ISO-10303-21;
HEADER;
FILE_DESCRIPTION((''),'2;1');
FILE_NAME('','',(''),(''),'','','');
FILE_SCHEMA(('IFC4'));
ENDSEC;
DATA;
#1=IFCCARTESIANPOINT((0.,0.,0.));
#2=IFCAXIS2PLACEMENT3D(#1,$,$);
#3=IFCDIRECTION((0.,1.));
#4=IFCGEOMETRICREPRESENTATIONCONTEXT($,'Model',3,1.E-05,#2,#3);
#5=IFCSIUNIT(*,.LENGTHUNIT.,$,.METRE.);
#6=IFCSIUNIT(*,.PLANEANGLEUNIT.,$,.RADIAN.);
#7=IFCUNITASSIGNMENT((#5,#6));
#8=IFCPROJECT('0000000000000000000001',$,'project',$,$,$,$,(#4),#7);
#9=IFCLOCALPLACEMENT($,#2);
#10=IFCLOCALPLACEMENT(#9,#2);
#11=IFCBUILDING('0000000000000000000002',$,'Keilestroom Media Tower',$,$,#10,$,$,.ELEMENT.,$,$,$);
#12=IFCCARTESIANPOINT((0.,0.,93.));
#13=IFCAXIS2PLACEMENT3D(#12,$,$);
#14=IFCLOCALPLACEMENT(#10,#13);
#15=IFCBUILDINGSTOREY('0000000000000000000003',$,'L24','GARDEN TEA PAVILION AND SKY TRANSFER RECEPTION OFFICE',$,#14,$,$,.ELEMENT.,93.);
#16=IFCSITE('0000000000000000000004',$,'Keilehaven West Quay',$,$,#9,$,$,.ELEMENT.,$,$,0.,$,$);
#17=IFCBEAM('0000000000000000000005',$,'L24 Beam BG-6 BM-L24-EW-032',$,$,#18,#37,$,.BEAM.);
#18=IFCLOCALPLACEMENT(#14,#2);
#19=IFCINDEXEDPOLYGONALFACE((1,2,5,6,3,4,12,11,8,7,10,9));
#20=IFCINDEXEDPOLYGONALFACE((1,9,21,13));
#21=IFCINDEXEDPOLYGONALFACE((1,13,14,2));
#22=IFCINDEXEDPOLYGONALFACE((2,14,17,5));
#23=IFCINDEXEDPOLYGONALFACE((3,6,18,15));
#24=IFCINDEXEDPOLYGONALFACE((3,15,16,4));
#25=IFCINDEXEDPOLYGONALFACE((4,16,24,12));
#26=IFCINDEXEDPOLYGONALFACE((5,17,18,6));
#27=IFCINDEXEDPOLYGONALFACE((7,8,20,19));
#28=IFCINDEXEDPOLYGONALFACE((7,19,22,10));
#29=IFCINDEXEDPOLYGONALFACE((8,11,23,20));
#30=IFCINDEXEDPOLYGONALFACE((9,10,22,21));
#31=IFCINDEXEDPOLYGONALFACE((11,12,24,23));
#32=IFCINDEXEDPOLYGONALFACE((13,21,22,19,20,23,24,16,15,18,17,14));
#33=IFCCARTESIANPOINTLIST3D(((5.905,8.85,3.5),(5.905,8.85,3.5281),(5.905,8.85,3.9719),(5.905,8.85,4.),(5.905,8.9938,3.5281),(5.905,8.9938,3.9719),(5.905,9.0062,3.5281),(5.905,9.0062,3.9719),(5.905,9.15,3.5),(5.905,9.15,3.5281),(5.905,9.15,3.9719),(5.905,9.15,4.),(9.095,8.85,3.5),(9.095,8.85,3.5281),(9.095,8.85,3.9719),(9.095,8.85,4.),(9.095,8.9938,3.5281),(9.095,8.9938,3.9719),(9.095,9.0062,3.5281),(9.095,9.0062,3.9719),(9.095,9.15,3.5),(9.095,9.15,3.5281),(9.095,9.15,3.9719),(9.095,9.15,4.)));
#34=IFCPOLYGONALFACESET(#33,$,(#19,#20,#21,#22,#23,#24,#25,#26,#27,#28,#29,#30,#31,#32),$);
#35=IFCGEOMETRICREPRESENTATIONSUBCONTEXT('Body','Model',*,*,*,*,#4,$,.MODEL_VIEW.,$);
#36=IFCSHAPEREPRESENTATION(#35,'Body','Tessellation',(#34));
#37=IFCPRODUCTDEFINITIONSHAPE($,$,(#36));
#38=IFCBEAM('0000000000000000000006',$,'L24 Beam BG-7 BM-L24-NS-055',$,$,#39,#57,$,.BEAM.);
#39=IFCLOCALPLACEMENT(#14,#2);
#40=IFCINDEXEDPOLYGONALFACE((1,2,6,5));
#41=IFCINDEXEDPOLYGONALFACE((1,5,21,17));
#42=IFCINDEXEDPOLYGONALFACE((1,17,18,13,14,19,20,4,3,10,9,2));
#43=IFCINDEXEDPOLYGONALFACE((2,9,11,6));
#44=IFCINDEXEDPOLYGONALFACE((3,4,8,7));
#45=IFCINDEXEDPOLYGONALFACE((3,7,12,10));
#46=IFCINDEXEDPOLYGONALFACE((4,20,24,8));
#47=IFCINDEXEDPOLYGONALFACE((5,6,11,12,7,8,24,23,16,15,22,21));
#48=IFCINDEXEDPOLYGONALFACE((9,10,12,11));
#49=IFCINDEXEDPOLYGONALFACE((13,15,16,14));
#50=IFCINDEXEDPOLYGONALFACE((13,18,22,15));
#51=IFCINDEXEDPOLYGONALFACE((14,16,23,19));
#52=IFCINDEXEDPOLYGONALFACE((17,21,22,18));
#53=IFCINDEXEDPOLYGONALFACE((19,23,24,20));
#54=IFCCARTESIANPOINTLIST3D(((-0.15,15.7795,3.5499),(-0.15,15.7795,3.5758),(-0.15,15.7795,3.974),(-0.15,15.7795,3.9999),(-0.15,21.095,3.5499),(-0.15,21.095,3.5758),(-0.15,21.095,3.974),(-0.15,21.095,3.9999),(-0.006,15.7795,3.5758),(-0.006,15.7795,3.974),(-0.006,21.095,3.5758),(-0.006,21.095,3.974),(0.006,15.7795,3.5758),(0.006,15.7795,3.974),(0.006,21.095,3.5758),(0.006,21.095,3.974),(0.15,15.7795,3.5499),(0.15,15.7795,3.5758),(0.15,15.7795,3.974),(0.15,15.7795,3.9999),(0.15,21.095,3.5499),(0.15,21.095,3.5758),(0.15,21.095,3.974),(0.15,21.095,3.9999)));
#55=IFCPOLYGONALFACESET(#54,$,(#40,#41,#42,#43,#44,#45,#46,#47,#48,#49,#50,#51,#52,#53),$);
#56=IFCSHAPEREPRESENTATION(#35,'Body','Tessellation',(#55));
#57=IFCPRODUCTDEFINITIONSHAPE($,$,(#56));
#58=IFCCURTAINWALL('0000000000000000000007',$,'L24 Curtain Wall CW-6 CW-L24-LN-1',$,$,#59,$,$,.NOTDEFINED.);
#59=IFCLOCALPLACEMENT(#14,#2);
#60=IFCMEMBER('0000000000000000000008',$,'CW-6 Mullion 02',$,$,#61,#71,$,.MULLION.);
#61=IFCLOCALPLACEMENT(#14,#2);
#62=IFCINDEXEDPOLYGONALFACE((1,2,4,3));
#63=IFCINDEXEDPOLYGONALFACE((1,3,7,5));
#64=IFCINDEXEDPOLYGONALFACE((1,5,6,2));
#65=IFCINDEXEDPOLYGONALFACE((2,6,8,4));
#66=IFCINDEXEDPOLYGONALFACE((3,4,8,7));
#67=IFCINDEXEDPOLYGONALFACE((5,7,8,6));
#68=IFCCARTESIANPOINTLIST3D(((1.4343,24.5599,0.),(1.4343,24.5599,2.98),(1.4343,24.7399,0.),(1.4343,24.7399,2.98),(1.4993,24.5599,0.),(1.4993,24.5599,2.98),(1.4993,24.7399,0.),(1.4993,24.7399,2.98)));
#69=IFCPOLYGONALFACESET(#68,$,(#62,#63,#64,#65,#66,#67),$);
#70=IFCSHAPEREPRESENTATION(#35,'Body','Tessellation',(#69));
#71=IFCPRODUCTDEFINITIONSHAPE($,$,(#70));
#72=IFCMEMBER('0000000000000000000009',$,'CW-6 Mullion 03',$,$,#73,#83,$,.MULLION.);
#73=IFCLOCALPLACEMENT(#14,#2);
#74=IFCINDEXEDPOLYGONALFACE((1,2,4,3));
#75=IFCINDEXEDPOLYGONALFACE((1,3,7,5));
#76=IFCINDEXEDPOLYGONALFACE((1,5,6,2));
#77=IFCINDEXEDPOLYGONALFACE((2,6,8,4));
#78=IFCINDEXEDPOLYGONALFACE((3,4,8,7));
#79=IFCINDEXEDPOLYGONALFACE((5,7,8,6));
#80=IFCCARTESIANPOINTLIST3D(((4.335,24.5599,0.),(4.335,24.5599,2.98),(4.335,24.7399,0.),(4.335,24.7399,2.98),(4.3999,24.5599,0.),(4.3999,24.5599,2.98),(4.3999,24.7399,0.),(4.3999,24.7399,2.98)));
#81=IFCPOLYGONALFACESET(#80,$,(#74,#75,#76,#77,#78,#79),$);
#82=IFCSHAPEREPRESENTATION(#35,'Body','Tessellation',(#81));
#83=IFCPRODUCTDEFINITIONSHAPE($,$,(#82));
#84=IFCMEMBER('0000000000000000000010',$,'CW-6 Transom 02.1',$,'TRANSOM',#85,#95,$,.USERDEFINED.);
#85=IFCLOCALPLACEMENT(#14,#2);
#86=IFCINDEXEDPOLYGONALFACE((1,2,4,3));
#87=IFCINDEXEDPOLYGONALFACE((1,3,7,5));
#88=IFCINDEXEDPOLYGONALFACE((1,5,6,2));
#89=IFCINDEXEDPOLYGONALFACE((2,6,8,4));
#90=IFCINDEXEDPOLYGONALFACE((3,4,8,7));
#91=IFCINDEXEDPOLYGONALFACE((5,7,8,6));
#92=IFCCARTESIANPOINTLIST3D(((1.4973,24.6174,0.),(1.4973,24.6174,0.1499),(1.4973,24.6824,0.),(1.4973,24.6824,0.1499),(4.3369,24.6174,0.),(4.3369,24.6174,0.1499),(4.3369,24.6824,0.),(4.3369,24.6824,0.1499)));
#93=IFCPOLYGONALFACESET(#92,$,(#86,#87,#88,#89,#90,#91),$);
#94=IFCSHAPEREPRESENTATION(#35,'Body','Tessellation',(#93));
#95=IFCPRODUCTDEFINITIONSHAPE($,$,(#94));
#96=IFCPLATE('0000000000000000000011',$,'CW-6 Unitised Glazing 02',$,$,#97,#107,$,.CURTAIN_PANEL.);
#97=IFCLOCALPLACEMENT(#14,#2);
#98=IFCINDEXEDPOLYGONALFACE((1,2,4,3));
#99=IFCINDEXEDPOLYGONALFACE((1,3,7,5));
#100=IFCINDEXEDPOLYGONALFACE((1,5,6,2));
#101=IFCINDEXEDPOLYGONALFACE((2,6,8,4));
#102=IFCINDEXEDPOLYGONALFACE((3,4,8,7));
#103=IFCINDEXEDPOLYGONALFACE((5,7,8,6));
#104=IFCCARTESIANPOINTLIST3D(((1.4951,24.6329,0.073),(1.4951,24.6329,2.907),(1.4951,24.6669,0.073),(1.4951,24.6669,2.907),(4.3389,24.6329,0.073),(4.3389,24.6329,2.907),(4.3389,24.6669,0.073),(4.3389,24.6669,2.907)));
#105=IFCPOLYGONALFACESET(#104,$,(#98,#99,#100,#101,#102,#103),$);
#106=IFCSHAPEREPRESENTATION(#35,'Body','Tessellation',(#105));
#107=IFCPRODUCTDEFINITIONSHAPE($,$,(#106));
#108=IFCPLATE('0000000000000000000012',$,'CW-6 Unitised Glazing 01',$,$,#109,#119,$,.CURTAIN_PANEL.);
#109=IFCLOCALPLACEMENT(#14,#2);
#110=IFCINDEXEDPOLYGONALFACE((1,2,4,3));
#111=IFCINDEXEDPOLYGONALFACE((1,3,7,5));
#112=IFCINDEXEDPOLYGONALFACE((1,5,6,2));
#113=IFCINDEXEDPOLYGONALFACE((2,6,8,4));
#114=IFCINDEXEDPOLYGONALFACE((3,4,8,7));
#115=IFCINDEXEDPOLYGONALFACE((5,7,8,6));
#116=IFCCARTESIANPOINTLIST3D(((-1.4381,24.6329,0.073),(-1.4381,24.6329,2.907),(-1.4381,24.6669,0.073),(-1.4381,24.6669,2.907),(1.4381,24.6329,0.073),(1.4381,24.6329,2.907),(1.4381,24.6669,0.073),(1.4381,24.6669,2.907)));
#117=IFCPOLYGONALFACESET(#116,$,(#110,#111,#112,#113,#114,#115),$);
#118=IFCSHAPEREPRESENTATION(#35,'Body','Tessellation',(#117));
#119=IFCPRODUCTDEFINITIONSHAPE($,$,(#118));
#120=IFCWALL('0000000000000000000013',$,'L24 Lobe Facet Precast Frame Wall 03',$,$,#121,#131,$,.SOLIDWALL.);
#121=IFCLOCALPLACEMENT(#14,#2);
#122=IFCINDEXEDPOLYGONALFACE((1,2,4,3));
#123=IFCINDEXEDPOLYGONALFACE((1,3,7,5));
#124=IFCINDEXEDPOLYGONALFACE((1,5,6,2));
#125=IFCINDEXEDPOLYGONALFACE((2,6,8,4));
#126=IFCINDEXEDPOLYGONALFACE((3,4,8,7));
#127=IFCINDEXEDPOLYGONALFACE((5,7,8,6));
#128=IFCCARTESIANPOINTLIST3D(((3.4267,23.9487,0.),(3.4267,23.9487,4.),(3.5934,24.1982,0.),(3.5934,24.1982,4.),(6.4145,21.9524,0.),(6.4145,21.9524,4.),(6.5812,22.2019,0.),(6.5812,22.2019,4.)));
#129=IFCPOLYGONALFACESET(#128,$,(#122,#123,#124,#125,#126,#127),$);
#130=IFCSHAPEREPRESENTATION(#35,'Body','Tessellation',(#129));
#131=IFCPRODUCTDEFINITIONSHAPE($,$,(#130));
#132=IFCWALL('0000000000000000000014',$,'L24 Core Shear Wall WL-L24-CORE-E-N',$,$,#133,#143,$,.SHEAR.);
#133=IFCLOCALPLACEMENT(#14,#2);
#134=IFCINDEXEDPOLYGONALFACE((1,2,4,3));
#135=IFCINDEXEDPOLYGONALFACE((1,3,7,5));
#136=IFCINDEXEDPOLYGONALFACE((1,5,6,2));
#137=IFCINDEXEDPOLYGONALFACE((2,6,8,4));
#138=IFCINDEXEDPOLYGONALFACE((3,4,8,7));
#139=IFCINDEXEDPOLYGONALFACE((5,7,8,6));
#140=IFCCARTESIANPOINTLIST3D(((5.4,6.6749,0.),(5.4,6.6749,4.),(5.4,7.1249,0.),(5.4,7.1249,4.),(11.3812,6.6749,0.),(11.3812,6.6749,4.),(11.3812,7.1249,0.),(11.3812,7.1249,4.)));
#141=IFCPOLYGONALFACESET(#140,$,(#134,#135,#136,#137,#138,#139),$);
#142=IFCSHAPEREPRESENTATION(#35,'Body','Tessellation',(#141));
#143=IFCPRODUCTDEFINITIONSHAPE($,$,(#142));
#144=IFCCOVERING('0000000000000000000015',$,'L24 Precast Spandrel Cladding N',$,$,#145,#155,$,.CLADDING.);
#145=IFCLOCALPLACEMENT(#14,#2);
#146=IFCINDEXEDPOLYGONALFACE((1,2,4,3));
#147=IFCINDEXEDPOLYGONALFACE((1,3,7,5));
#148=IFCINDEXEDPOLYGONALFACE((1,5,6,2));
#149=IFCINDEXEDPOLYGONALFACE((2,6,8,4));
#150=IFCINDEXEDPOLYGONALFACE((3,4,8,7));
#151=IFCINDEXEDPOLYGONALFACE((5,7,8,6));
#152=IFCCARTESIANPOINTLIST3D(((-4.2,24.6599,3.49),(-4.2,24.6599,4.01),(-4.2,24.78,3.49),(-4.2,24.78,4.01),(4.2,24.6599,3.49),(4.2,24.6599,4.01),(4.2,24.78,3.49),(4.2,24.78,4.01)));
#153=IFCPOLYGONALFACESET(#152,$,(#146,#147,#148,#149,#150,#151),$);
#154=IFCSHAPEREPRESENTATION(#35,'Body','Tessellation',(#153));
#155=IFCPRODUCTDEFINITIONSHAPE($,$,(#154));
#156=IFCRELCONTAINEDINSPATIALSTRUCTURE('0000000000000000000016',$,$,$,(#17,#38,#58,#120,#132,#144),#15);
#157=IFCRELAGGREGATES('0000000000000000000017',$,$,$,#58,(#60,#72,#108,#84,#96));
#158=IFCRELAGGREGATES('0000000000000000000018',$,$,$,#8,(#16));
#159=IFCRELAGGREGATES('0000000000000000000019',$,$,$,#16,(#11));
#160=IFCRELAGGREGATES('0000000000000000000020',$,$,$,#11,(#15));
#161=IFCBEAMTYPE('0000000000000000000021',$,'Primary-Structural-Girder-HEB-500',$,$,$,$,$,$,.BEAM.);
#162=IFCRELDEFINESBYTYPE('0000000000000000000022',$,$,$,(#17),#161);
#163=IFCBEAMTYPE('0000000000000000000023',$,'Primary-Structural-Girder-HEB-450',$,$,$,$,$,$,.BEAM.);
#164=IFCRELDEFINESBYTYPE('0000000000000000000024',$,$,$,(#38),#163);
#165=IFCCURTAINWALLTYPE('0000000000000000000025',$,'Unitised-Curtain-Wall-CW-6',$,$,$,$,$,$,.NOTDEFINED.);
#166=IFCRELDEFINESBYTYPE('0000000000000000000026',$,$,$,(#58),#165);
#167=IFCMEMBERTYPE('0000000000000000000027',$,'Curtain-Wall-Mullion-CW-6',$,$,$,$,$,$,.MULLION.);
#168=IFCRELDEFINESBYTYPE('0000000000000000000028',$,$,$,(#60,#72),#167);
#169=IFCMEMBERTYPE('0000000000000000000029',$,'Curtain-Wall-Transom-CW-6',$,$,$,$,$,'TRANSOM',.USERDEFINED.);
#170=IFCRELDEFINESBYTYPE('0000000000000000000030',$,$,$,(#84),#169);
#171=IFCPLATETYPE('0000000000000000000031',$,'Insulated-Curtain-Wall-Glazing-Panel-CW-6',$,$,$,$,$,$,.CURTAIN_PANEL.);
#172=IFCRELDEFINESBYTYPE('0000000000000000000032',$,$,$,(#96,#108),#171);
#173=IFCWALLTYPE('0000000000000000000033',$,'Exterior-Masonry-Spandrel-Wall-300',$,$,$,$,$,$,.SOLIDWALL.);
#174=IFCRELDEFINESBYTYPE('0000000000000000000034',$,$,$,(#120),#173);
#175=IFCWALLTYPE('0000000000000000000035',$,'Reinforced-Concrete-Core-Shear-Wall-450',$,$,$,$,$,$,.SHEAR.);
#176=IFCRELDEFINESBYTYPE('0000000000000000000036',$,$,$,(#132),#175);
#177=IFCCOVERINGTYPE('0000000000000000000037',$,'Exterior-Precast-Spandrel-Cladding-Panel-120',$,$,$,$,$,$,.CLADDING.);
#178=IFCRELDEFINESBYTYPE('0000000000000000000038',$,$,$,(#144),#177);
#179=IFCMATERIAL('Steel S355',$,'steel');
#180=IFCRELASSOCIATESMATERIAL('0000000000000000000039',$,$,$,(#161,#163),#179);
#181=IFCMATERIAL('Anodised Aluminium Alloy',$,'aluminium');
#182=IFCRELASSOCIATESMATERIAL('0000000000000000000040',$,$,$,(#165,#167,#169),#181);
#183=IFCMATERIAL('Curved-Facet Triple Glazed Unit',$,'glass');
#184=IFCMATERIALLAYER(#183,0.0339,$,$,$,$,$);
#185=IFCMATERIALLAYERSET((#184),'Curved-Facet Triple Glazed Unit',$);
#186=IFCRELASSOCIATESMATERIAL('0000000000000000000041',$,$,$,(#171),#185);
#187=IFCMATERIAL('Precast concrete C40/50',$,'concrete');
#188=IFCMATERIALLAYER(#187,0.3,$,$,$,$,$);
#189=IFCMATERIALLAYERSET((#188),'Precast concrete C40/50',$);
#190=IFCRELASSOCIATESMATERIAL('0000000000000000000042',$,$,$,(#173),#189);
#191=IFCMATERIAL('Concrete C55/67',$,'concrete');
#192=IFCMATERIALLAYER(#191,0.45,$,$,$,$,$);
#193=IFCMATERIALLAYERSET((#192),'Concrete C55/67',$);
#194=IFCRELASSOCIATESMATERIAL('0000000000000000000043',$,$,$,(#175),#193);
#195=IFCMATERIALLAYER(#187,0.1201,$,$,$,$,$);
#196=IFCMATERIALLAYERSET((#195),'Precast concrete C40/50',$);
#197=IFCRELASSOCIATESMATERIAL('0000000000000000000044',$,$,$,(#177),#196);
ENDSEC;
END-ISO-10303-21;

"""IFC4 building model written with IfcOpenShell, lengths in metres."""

from ifc_helpers import new_model, si_unit, direction, frame, frame_2d, origin, origin_2d, place, context, subcontext, project, spatial, rectangle, i_section, extrude, source, transform, mapped, material, layer, layer_set, material_profile, profile_set, type_object, element, aggregate, save


model = new_model("IFC4")

# Units and contexts
model_context = context("Model", 3, precision=1e-05, world=origin(), true_north=direction((0.0, 1.0)))
body_context = subcontext(model_context, "Body", "Model", "MODEL_VIEW")
ifc_project = project(units=[si_unit("LENGTHUNIT", "METRE"), si_unit("PLANEANGLEUNIT", "RADIAN")], contexts=[model_context])

# Site, building, storey
site_placement = place(None, origin())
site = spatial("IfcSite", under=ifc_project, at=site_placement, Name="Keilehaven West Quay", CompositionType="ELEMENT", RefElevation=0.0)
building_placement = place(site_placement, origin())
building = spatial("IfcBuilding", under=site, at=building_placement, Name="Keilestroom Media Tower", CompositionType="ELEMENT")
storey_placement = place(building_placement, frame((0.0, 0.0, 93.0)))
storey = spatial("IfcBuildingStorey", under=building, at=storey_placement, Name="L24", Description="GARDEN TEA PAVILION AND SKY TRANSFER RECEPTION OFFICE", CompositionType="ELEMENT", Elevation=93.0)

# Shared definitions
ifc_material_1 = material(Name="Steel S355", Category="steel")
ifc_material_2 = material(Name="Concrete C55/67", Category="concrete")

# Beams
ifc_material_profile_1 = material_profile(ifc_material_1, i_section(OverallWidth=0.3, OverallDepth=0.5, WebThickness=0.0125, FlangeThickness=0.0281, at=origin_2d()), Name="HEB 500")
ifc_profile_set_1 = profile_set([ifc_material_profile_1], Name="Steel S355")
beam_type_1 = type_object("IfcBeamType", Name="Primary-Structural-Girder-HEB-500", PredefinedType="BEAM", material=ifc_profile_set_1)
shared_shape_1 = source(origin(), body_context, "Body", "SweptSolid", [
    extrude(i_section(OverallWidth=0.3, OverallDepth=0.5, WebThickness=0.0125, FlangeThickness=0.0281, at=origin_2d()), origin(), (0.0, 0.0, 1.0), 3.1899),
])
beam_1_placement = place(storey_placement, frame((5.905, 9.0, 3.75), z_axis=(1.0, 0.0, 0.0), x_axis=(0.0, 1.0, 0.0)))
element("IfcBeam", 1, at=beam_1_placement, inside=storey, type_object=beam_type_1, Name="L24 Beam BG-6 BM-L24-EW-032", PredefinedType="BEAM", context=body_context, shape_type="MappedRepresentation", body=[
    mapped(shared_shape_1, transform((0.0, 0.0, 0.0), x_axis=(1.0, 0.0, 0.0), y_axis=(0.0, 1.0, 0.0), z_axis=(0.0, 0.0, 1.0), scale=1.0)),
])
ifc_material_profile_2 = material_profile(ifc_material_1, i_section(OverallWidth=0.3, OverallDepth=0.45, WebThickness=0.012, FlangeThickness=0.0259, at=origin_2d()), Name="HEB 450")
ifc_profile_set_2 = profile_set([ifc_material_profile_2], Name="Steel S355")
beam_type_2 = type_object("IfcBeamType", Name="Primary-Structural-Girder-HEB-450", PredefinedType="BEAM", material=ifc_profile_set_2)
shared_shape_2 = source(origin(), body_context, "Body", "SweptSolid", [
    extrude(i_section(OverallWidth=0.3, OverallDepth=0.45, WebThickness=0.012, FlangeThickness=0.0259, at=origin_2d()), origin(), (0.0, 0.0, 1.0), 5.3154),
])
beam_2_placement = place(storey_placement, frame((0.0, 15.7795, 3.7749), z_axis=(0.0, 1.0, 0.0), x_axis=(-1.0, 0.0, 0.0)))
element("IfcBeam", 2, at=beam_2_placement, inside=storey, type_object=beam_type_2, Name="L24 Beam BG-7 BM-L24-NS-055", PredefinedType="BEAM", context=body_context, shape_type="MappedRepresentation", body=[
    mapped(shared_shape_2, transform((0.0, 0.0, 0.0), x_axis=(1.0, 0.0, 0.0), y_axis=(0.0, 1.0, 0.0), z_axis=(0.0, 0.0, 1.0), scale=1.0)),
])

# Curtain wall, members, plates
ifc_material_3 = material(Name="Anodised Aluminium Alloy", Category="aluminium")
curtain_wall_type = type_object("IfcCurtainWallType", Name="Unitised-Curtain-Wall-CW-6", PredefinedType="NOTDEFINED", material=ifc_material_3)
curtain_wall_placement = place(storey_placement, origin())
curtain_wall = element("IfcCurtainWall", 3, at=curtain_wall_placement, inside=storey, type_object=curtain_wall_type, Name="L24 Curtain Wall CW-6 CW-L24-LN-1", PredefinedType="NOTDEFINED")
ifc_material_profile_3 = material_profile(ifc_material_3, rectangle(XDim=0.0649, YDim=0.1799, at=origin_2d()), Name="ALU MULLION 65x180")
ifc_profile_set_3 = profile_set([ifc_material_profile_3], Name="Anodised Aluminium Alloy")
member_type_1 = type_object("IfcMemberType", Name="Curtain-Wall-Mullion-CW-6", PredefinedType="MULLION", material=ifc_profile_set_3)
shared_shape_3 = source(origin(), body_context, "Body", "SweptSolid", [
    extrude(rectangle(XDim=0.0649, YDim=0.1799, at=origin_2d()), origin(), (0.0, 0.0, 1.0), 2.98),
])
member_1_placement = place(storey_placement, frame((1.4668, 24.6499, 0.0), z_axis=(0.0, 0.0, 1.0), x_axis=(1.0, 0.0, 0.0)))
member_1 = element("IfcMember", 4, at=member_1_placement, type_object=member_type_1, Name="CW-6 Mullion 02", PredefinedType="MULLION", context=body_context, shape_type="MappedRepresentation", body=[
    mapped(shared_shape_3, transform((0.0, 0.0, 0.0), x_axis=(1.0, 0.0, 0.0), y_axis=(0.0, 1.0, 0.0), z_axis=(0.0, 0.0, 1.0), scale=1.0)),
])
member_2_placement = place(storey_placement, frame((4.3674, 24.6499, 0.0), z_axis=(0.0, 0.0, 1.0), x_axis=(1.0, 0.0, 0.0)))
member_2 = element("IfcMember", 5, at=member_2_placement, type_object=member_type_1, Name="CW-6 Mullion 03", PredefinedType="MULLION", context=body_context, shape_type="MappedRepresentation", body=[
    mapped(shared_shape_3, transform((0.0, 0.0, 0.0), x_axis=(1.0, 0.0, 0.0), y_axis=(0.0, 1.0, 0.0), z_axis=(0.0, 0.0, 1.0), scale=1.0)),
])
ifc_material_profile_4 = material_profile(ifc_material_3, rectangle(XDim=0.0649, YDim=0.1499, at=origin_2d()), Name="ALU TRANSOM 65x150")
ifc_profile_set_4 = profile_set([ifc_material_profile_4], Name="Anodised Aluminium Alloy")
member_type_2 = type_object("IfcMemberType", Name="Curtain-Wall-Transom-CW-6", ElementType="TRANSOM", PredefinedType="USERDEFINED", material=ifc_profile_set_4)
shared_shape_4 = source(origin(), body_context, "Body", "SweptSolid", [
    extrude(rectangle(XDim=0.0649, YDim=0.1499, at=origin_2d()), origin(), (0.0, 0.0, 1.0), 2.8396),
])
member_3_placement = place(storey_placement, frame((1.4973, 24.6499, 0.075), z_axis=(1.0, 0.0, 0.0), x_axis=(0.0, 1.0, 0.0)))
member_3 = element("IfcMember", 6, at=member_3_placement, type_object=member_type_2, Name="CW-6 Transom 02.1", ObjectType="TRANSOM", PredefinedType="USERDEFINED", context=body_context, shape_type="MappedRepresentation", body=[
    mapped(shared_shape_4, transform((0.0, 0.0, 0.0), x_axis=(1.0, 0.0, 0.0), y_axis=(0.0, 1.0, 0.0), z_axis=(0.0, 0.0, 1.0), scale=1.0)),
])
ifc_material_4 = material(Name="Curved-Facet Triple Glazed Unit", Category="glass")
ifc_layer_1 = layer(ifc_material_4, 0.0339)
ifc_layer_set_1 = layer_set([ifc_layer_1], Name="Curved-Facet Triple Glazed Unit")
plate_type = type_object("IfcPlateType", Name="Insulated-Curtain-Wall-Glazing-Panel-CW-6", PredefinedType="CURTAIN_PANEL", material=ifc_layer_set_1)
shared_shape_5 = source(origin(), body_context, "Body", "SweptSolid", [
    extrude(rectangle(XDim=2.8438, YDim=0.0339, at=origin_2d()), origin(), (0.0, 0.0, 1.0), 2.834),
])
plate_1_placement = place(storey_placement, frame((2.917, 24.6499, 0.073), z_axis=(0.0, 0.0, 1.0), x_axis=(1.0, 0.0, 0.0)))
plate_1 = element("IfcPlate", 7, at=plate_1_placement, type_object=plate_type, Name="CW-6 Unitised Glazing 02", PredefinedType="CURTAIN_PANEL", context=body_context, shape_type="MappedRepresentation", body=[
    mapped(shared_shape_5, transform((0.0, 0.0, 0.0), x_axis=(1.0, 0.0, 0.0), y_axis=(0.0, 1.0, 0.0), z_axis=(0.0, 0.0, 1.0), scale=1.0)),
])
shared_shape_6 = source(origin(), body_context, "Body", "SweptSolid", [
    extrude(rectangle(XDim=2.8762, YDim=0.0339, at=origin_2d()), origin(), (0.0, 0.0, 1.0), 2.834),
])
plate_2_placement = place(storey_placement, frame((0.0, 24.6499, 0.073), z_axis=(0.0, 0.0, 1.0), x_axis=(1.0, 0.0, 0.0)))
plate_2 = element("IfcPlate", 8, at=plate_2_placement, type_object=plate_type, Name="CW-6 Unitised Glazing 01", PredefinedType="CURTAIN_PANEL", context=body_context, shape_type="MappedRepresentation", body=[
    mapped(shared_shape_6, transform((0.0, 0.0, 0.0), x_axis=(1.0, 0.0, 0.0), y_axis=(0.0, 1.0, 0.0), z_axis=(0.0, 0.0, 1.0), scale=1.0)),
])
aggregate(curtain_wall, [member_1, member_2, plate_2, member_3, plate_1])

# Walls
ifc_material_5 = material(Name="Precast concrete C40/50", Category="concrete")
ifc_layer_2 = layer(ifc_material_5, 0.3)
ifc_layer_set_2 = layer_set([ifc_layer_2], Name="Precast concrete C40/50")
wall_type_1 = type_object("IfcWallType", Name="Exterior-Masonry-Spandrel-Wall-300", PredefinedType="SOLIDWALL", material=ifc_layer_set_2)
wall_1_placement = place(storey_placement, frame((6.4978, 22.0771, 0.0), z_axis=(0.0, 0.0, 1.0), x_axis=(-0.831475, 0.555562, 0.0)))
element("IfcWall", 9, at=wall_1_placement, inside=storey, type_object=wall_type_1, Name="L24 Lobe Facet Precast Frame Wall 03", PredefinedType="SOLIDWALL", context=body_context, shape_type="SweptSolid", body=[
    extrude(rectangle(XDim=3.5933, YDim=0.3, at=frame_2d((1.7966, 0.0))), origin(), (0.0, 0.0, 1.0), 4.0),
])
ifc_layer_3 = layer(ifc_material_2, 0.45)
ifc_layer_set_3 = layer_set([ifc_layer_3], Name="Concrete C55/67")
wall_type_2 = type_object("IfcWallType", Name="Reinforced-Concrete-Core-Shear-Wall-450", PredefinedType="SHEAR", material=ifc_layer_set_3)
wall_2_placement = place(storey_placement, frame((5.3999, 6.8999, 0.0), z_axis=(0.0, 0.0, 1.0), x_axis=(1.0, 0.0, 0.0)))
element("IfcWall", 10, at=wall_2_placement, inside=storey, type_object=wall_type_2, Name="L24 Core Shear Wall WL-L24-CORE-E-N", PredefinedType="SHEAR", context=body_context, shape_type="SweptSolid", body=[
    extrude(rectangle(XDim=5.9812, YDim=0.45, at=frame_2d((2.9907, 0.0))), origin(), (0.0, 0.0, 1.0), 4.0),
])

# Covering
ifc_layer_4 = layer(ifc_material_5, 0.1201)
ifc_layer_set_4 = layer_set([ifc_layer_4], Name="Precast concrete C40/50")
covering_type = type_object("IfcCoveringType", Name="Exterior-Precast-Spandrel-Cladding-Panel-120", PredefinedType="CLADDING", material=ifc_layer_set_4)
shared_shape_7 = source(origin(), body_context, "Body", "SweptSolid", [
    extrude(rectangle(XDim=8.3999, YDim=0.1201, at=origin_2d()), origin(), (0.0, 0.0, 1.0), 0.52),
])
covering_placement = place(storey_placement, frame((0.0, 24.72, 3.49), z_axis=(0.0, 0.0, 1.0), x_axis=(1.0, 0.0, 0.0)))
element("IfcCovering", 11, at=covering_placement, inside=storey, type_object=covering_type, Name="L24 Precast Spandrel Cladding N", PredefinedType="CLADDING", context=body_context, shape_type="MappedRepresentation", body=[
    mapped(shared_shape_7, transform((0.0, 0.0, 0.0), x_axis=(1.0, 0.0, 0.0), y_axis=(0.0, 1.0, 0.0), z_axis=(0.0, 0.0, 1.0), scale=1.0)),
])

save(model, "model.ifc")
